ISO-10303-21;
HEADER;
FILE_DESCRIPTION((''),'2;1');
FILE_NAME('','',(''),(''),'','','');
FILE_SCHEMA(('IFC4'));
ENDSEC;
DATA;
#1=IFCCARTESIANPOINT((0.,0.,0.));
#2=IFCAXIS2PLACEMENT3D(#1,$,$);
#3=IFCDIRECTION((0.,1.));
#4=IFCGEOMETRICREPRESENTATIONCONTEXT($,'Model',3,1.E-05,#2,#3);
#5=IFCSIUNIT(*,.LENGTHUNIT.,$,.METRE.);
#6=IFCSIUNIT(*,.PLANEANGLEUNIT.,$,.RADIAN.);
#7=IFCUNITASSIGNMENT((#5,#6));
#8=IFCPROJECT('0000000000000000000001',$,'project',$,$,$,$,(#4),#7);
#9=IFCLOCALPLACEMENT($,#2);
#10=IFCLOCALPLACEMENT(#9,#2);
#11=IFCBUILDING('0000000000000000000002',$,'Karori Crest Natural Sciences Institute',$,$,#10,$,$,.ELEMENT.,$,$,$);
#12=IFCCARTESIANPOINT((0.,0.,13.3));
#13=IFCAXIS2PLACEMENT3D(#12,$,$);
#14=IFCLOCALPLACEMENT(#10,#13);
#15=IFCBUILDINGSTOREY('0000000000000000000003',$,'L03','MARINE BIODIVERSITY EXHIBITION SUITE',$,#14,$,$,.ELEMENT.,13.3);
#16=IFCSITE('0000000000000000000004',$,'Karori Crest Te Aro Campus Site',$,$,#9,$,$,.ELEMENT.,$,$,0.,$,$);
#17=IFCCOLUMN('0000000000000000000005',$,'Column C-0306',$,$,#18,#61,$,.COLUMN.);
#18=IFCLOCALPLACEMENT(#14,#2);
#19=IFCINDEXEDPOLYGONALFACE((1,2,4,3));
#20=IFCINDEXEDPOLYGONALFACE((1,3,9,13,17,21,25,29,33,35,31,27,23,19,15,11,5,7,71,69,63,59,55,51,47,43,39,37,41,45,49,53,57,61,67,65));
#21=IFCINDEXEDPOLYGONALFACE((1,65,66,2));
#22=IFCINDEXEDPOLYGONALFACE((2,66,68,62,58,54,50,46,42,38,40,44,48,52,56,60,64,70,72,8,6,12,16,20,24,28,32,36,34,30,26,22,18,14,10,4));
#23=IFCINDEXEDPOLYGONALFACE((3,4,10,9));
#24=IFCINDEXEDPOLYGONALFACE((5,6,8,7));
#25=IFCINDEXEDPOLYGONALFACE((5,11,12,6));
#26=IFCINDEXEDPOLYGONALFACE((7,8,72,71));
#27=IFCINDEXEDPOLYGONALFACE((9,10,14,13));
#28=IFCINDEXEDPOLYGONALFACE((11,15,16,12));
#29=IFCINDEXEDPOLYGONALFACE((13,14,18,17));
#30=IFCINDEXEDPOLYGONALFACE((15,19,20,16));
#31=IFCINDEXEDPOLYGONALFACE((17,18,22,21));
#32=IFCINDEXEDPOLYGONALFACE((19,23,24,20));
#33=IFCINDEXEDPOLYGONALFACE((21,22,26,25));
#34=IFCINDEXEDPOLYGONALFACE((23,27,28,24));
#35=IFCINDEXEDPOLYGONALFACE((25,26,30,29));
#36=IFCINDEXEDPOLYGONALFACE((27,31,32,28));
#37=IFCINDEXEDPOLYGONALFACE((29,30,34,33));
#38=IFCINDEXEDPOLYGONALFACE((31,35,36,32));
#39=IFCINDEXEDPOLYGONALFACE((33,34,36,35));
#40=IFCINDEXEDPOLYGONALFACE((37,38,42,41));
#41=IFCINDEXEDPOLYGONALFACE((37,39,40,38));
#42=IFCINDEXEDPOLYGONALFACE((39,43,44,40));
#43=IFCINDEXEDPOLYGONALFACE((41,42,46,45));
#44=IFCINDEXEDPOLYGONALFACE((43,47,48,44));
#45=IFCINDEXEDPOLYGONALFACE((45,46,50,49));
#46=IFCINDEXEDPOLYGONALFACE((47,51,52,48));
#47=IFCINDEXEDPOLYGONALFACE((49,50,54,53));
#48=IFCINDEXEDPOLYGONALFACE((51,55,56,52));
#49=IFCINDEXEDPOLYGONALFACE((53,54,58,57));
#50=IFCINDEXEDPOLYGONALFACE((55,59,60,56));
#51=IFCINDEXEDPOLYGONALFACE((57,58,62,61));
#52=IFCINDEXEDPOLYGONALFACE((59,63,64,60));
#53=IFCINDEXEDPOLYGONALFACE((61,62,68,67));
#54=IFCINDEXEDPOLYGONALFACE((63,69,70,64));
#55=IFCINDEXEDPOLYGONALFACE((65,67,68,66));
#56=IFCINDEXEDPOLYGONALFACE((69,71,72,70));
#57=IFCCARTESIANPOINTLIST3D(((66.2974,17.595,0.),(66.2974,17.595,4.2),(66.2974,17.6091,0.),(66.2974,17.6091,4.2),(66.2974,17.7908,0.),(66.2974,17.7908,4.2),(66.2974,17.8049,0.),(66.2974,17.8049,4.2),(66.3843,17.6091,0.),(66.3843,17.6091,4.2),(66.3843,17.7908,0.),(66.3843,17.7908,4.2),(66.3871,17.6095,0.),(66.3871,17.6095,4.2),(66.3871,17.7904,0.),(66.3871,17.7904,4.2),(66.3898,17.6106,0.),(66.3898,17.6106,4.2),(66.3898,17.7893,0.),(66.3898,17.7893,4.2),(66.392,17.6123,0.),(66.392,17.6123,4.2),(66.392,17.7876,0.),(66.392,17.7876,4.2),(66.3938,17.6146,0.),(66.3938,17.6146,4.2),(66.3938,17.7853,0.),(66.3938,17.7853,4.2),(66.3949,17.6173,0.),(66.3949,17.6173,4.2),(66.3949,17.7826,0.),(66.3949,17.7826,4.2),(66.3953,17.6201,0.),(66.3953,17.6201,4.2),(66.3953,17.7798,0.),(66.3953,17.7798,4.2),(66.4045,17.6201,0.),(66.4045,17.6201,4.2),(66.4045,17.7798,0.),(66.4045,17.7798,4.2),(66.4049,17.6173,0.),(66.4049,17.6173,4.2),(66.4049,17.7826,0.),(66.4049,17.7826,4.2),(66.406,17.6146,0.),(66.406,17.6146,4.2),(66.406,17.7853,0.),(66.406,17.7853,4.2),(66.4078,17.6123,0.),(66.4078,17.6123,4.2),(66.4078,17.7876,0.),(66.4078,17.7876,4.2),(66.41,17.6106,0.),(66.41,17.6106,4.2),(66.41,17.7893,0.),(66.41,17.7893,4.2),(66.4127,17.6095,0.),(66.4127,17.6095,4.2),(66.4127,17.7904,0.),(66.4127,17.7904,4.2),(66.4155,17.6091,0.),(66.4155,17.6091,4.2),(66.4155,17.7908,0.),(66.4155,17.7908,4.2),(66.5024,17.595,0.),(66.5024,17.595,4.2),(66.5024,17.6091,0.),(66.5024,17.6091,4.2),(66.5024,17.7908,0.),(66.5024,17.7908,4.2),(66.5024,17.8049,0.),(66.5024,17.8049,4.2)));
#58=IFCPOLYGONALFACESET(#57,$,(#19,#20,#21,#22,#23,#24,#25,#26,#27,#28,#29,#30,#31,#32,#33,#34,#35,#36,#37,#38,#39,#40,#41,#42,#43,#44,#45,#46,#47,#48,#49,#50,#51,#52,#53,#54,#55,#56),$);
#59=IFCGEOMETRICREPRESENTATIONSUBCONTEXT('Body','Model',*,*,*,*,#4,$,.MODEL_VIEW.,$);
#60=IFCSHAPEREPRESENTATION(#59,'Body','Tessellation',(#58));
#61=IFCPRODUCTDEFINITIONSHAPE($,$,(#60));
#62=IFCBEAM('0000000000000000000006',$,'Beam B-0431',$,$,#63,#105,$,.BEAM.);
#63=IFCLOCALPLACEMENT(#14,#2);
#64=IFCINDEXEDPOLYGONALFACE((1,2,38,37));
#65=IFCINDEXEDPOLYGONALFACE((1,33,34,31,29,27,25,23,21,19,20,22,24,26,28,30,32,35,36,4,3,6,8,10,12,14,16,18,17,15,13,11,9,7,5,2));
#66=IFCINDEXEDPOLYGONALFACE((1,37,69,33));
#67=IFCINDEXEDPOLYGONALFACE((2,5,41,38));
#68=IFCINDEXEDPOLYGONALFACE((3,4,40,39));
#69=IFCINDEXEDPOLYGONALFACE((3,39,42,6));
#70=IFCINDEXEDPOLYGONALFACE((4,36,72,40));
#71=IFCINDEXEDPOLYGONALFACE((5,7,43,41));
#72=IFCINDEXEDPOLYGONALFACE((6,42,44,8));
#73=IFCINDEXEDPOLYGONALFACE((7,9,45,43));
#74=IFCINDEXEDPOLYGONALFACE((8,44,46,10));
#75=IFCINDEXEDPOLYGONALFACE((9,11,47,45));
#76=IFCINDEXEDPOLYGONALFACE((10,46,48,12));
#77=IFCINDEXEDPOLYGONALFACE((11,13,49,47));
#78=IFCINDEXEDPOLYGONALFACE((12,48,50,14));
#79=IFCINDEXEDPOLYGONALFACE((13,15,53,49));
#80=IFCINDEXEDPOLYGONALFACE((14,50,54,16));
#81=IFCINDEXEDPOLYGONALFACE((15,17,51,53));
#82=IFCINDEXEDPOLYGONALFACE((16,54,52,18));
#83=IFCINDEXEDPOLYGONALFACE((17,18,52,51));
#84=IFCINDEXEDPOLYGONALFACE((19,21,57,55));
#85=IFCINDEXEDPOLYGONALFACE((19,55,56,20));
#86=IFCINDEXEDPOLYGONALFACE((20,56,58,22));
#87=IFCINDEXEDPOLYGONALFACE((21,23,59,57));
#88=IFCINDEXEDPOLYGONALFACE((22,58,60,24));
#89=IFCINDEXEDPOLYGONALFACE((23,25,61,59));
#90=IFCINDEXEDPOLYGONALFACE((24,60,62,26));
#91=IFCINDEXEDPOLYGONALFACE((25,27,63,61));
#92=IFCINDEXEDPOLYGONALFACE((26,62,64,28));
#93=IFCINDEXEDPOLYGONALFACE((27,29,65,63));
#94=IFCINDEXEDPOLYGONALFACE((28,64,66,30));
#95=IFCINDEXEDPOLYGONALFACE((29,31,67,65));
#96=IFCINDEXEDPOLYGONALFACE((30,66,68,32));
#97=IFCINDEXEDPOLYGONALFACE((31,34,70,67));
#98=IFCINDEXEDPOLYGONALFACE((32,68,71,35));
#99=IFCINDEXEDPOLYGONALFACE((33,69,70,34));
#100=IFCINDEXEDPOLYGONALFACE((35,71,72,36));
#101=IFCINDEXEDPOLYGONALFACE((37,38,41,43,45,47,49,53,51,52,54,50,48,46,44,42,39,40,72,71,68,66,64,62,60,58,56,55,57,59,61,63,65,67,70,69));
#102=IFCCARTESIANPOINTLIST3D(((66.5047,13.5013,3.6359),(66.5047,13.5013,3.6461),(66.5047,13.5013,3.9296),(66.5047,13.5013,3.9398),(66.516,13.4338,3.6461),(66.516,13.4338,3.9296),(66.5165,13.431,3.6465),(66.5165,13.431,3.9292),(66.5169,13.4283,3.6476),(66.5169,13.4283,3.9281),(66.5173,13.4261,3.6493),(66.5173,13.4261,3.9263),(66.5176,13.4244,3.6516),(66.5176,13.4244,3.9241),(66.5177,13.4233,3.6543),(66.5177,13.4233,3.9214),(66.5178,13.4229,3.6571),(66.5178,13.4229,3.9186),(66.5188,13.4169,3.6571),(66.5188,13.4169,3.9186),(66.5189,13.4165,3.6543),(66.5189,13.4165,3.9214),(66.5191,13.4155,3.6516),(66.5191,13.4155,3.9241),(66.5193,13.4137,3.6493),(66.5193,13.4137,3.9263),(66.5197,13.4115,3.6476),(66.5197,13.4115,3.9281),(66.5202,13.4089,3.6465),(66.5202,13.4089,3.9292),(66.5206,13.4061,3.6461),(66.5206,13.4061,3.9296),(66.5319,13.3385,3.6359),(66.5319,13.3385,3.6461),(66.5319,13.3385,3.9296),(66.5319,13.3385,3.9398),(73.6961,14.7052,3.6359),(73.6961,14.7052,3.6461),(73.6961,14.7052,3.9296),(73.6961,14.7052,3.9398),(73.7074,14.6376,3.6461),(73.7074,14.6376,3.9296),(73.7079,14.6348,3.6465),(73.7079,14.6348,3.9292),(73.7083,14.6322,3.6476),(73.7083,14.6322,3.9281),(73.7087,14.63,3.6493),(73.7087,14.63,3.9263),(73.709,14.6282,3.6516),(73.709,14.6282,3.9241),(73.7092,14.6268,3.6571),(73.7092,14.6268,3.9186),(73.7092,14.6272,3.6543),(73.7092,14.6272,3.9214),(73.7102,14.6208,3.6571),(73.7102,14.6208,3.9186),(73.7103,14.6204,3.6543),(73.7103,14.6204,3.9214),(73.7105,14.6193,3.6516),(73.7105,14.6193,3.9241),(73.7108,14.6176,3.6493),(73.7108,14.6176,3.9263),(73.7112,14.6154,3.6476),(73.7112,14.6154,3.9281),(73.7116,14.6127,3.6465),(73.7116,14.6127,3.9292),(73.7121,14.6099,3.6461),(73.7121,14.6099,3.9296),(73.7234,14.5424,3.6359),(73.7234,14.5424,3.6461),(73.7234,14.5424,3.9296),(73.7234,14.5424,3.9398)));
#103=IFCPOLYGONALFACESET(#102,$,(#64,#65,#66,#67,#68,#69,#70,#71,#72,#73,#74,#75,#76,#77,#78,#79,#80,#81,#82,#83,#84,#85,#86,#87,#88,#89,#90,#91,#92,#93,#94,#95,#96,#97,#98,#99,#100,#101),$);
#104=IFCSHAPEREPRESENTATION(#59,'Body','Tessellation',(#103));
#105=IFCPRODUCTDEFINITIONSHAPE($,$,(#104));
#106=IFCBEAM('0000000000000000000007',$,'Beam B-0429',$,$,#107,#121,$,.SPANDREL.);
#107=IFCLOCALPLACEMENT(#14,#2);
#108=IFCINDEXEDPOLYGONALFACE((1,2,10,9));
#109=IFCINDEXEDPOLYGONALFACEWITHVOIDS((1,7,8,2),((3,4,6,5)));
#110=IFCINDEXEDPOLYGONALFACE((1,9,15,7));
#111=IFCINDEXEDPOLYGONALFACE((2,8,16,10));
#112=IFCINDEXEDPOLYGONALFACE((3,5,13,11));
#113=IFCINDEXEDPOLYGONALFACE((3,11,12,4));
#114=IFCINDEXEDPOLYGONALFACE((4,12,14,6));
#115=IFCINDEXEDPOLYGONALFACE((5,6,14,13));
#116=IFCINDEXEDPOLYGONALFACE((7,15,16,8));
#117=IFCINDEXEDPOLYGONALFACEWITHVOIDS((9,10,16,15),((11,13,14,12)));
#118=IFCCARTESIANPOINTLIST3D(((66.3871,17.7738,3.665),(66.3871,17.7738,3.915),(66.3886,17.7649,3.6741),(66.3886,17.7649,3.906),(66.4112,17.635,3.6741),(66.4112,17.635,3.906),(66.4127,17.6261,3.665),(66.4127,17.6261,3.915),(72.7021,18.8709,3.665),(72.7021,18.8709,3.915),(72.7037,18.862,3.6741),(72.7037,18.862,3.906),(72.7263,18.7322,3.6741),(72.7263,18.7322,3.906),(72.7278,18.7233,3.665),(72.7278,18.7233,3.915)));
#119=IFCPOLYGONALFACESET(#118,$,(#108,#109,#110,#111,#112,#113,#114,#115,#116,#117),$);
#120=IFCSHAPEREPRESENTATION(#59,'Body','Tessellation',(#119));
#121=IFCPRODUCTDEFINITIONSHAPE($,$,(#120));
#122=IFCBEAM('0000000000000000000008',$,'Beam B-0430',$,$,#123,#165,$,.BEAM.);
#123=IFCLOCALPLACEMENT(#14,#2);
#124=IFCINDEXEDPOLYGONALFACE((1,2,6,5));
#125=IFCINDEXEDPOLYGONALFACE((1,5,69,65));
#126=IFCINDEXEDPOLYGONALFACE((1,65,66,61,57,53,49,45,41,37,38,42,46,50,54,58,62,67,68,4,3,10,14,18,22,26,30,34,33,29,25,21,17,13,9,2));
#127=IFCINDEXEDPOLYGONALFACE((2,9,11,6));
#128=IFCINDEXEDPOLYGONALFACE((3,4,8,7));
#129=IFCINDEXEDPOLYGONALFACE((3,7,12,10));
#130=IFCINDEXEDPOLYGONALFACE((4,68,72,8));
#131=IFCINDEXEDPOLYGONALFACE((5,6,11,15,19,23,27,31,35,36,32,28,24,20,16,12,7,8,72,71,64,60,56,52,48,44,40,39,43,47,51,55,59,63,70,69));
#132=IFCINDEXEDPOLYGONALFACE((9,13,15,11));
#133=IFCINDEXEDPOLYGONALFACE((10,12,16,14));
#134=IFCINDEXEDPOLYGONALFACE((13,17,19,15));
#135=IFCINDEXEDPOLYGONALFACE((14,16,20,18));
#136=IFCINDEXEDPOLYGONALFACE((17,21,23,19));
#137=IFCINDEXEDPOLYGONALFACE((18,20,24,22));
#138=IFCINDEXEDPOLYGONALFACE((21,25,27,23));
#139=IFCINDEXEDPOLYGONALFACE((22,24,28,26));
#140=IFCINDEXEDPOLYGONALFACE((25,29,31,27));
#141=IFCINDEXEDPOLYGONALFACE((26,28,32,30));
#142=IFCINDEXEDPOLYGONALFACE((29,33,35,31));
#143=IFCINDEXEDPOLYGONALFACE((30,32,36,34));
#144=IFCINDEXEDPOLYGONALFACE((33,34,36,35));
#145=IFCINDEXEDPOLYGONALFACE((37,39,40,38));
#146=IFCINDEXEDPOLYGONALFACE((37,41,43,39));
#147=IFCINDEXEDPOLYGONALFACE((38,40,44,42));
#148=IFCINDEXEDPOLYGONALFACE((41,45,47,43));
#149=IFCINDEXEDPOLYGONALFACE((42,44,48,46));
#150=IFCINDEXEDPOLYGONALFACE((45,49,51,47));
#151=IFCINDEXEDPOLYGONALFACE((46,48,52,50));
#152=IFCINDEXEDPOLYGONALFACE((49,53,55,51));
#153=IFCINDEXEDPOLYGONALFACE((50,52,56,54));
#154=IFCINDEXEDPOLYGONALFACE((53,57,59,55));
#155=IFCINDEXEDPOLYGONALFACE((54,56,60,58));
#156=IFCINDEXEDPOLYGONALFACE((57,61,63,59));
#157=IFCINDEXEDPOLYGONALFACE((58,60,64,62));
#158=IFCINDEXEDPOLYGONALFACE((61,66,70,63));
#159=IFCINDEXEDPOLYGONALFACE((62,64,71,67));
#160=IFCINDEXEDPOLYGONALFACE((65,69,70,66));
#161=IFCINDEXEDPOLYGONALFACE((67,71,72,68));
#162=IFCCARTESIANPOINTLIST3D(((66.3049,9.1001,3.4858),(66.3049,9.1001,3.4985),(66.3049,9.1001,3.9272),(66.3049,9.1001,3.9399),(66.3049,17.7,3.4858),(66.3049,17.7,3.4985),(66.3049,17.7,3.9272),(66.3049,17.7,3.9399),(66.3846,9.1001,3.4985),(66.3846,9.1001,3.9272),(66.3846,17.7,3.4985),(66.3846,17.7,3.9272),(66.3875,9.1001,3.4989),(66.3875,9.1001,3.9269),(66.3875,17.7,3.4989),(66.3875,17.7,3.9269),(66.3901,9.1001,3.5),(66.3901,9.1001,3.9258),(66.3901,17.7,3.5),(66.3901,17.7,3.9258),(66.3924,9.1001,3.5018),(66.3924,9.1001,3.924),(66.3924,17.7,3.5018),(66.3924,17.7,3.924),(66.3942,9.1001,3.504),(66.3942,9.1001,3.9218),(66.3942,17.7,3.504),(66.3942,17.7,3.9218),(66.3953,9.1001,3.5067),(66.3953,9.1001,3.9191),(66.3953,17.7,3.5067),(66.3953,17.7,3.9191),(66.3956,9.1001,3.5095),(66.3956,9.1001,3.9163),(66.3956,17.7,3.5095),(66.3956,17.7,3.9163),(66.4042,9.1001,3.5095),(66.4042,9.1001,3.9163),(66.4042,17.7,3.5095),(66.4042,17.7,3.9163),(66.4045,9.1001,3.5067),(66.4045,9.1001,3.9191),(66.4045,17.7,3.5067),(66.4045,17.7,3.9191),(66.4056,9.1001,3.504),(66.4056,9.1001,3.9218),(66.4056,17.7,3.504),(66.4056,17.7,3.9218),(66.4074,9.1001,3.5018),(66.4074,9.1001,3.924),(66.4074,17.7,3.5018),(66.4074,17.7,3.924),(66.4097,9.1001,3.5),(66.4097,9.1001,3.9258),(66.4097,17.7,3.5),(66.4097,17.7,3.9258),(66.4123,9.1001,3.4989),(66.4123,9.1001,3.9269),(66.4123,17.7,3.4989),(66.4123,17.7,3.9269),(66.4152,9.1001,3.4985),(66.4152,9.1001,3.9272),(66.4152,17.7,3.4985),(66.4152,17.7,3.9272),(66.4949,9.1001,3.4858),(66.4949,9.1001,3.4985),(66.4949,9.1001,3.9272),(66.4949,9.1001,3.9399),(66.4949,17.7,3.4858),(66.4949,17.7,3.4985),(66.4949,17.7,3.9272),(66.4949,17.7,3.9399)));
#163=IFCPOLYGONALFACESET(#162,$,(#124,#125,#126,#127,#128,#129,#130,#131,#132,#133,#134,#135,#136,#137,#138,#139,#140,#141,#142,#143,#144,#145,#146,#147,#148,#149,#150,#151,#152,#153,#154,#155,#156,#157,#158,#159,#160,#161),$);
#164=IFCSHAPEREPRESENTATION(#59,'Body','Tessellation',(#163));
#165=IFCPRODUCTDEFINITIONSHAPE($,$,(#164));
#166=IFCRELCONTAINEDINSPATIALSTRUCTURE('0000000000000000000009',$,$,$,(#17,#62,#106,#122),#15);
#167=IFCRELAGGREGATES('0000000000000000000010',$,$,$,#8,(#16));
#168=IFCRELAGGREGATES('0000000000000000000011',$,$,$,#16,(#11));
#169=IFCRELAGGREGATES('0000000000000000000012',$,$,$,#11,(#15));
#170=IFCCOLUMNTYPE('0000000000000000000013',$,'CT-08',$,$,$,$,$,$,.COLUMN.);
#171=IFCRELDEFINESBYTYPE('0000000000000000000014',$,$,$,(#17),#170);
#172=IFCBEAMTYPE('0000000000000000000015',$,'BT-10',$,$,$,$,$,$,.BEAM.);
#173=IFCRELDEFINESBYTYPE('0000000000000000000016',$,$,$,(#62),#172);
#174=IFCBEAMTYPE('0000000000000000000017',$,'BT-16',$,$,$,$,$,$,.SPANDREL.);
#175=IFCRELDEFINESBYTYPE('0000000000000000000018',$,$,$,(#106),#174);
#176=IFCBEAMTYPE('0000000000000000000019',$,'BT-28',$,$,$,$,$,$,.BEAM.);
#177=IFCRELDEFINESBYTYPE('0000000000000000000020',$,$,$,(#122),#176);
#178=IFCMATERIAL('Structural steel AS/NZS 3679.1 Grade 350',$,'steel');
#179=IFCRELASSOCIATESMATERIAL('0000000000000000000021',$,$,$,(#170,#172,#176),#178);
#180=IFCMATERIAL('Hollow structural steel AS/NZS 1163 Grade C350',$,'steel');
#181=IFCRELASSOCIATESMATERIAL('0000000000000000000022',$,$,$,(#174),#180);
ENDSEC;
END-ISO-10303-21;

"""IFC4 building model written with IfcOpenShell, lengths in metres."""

from ifc_helpers import new_model, si_unit, direction, frame, origin, origin_2d, place, context, subcontext, project, spatial, hollow_rectangle, i_section, extrude, material, material_profile, profile_set, type_object, element, save


model = new_model("IFC4")

# Units and contexts
model_context = context("Model", 3, precision=1e-05, world=origin(), true_north=direction((0.0, 1.0)))
body_context = subcontext(model_context, "Body", "Model", "MODEL_VIEW")
ifc_project = project(units=[si_unit("LENGTHUNIT", "METRE"), si_unit("PLANEANGLEUNIT", "RADIAN")], contexts=[model_context])

# Site, building, storey
site_placement = place(None, origin())
site = spatial("IfcSite", under=ifc_project, at=site_placement, Name="Karori Crest Te Aro Campus Site", CompositionType="ELEMENT", RefElevation=0.0)
building_placement = place(site_placement, origin())
building = spatial("IfcBuilding", under=site, at=building_placement, Name="Karori Crest Natural Sciences Institute", CompositionType="ELEMENT")
storey_placement = place(building_placement, frame((0.0, 0.0, 13.3)))
storey = spatial("IfcBuildingStorey", under=building, at=storey_placement, Name="L03", Description="MARINE BIODIVERSITY EXHIBITION SUITE", CompositionType="ELEMENT", Elevation=13.3)

# Column
ifc_material_1 = material(Name="Structural steel AS/NZS 3679.1 Grade 350", Category="steel")
ifc_material_profile_1 = material_profile(ifc_material_1, i_section(OverallWidth=0.2051, OverallDepth=0.21, WebThickness=0.0093, FlangeThickness=0.0142, FilletRadius=0.011, at=origin_2d()), Name="200UC59.5")
ifc_profile_set_1 = profile_set([ifc_material_profile_1], Name="Structural steel AS/NZS 3679.1 Grade 350")
column_type = type_object("IfcColumnType", Name="CT-08", PredefinedType="COLUMN", material=ifc_profile_set_1)
column_placement = place(storey_placement, frame((66.3999, 17.7, 0.0), z_axis=(0.0, 0.0, 1.0), x_axis=(1.0, 0.0, 0.0)))
element("IfcColumn", 1, at=column_placement, inside=storey, type_object=column_type, Name="Column C-0306", PredefinedType="COLUMN", context=body_context, shape_type="SweptSolid", body=[
    extrude(i_section(OverallWidth=0.2051, OverallDepth=0.21, WebThickness=0.0093, FlangeThickness=0.0142, FilletRadius=0.011, at=origin_2d()), origin(), (0.0, 0.0, 1.0), 4.2),
])

# Beams
ifc_material_profile_2 = material_profile(ifc_material_1, i_section(OverallWidth=0.165, OverallDepth=0.304, WebThickness=0.0061, FlangeThickness=0.0103, FilletRadius=0.011, at=origin_2d()), Name="310UB40.4")
ifc_profile_set_2 = profile_set([ifc_material_profile_2], Name="Structural steel AS/NZS 3679.1 Grade 350")
beam_type_1 = type_object("IfcBeamType", Name="BT-10", PredefinedType="BEAM", material=ifc_profile_set_2)
beam_1_placement = place(storey_placement, frame((66.5183, 13.4199, 3.7878), z_axis=(0.986276, 0.165105, 0.0), x_axis=(-0.165105, 0.986276, 0.0)))
element("IfcBeam", 2, at=beam_1_placement, inside=storey, type_object=beam_type_1, Name="Beam B-0431", PredefinedType="BEAM", context=body_context, shape_type="SweptSolid", body=[
    extrude(i_section(OverallWidth=0.165, OverallDepth=0.304, WebThickness=0.0061, FlangeThickness=0.0103, FilletRadius=0.011, at=origin_2d()), origin(), (0.0, 0.0, 1.0), 7.2915),
])
ifc_material_2 = material(Name="Hollow structural steel AS/NZS 1163 Grade C350", Category="steel")
ifc_material_profile_3 = material_profile(ifc_material_2, hollow_rectangle(XDim=0.1499, YDim=0.25, WallThickness=0.009, at=origin_2d()), Name="RHS250x150x9")
ifc_profile_set_3 = profile_set([ifc_material_profile_3], Name="Hollow structural steel AS/NZS 1163 Grade C350")
beam_type_2 = type_object("IfcBeamType", Name="BT-16", PredefinedType="SPANDREL", material=ifc_profile_set_3)
beam_2_placement = place(storey_placement, frame((66.3999, 17.7, 3.79), z_axis=(0.985241, 0.171171, 0.0), x_axis=(-0.171171, 0.985241, 0.0)))
element("IfcBeam", 3, at=beam_2_placement, inside=storey, type_object=beam_type_2, Name="Beam B-0429", PredefinedType="SPANDREL", context=body_context, shape_type="SweptSolid", body=[
    extrude(hollow_rectangle(XDim=0.1499, YDim=0.25, WallThickness=0.009, at=origin_2d()), origin(), (0.0, 0.0, 1.0), 6.4097),
])
ifc_material_profile_4 = material_profile(ifc_material_1, i_section(OverallWidth=0.1899, OverallDepth=0.4541, WebThickness=0.0085, FlangeThickness=0.0127, FilletRadius=0.011, at=origin_2d()), Name="460UB67.1")
ifc_profile_set_4 = profile_set([ifc_material_profile_4], Name="Structural steel AS/NZS 3679.1 Grade 350")
beam_type_3 = type_object("IfcBeamType", Name="BT-28", PredefinedType="BEAM", material=ifc_profile_set_4)
beam_3_placement = place(storey_placement, frame((66.3999, 17.7, 3.7129), z_axis=(0.0, -1.0, 0.0), x_axis=(1.0, 0.0, 0.0)))
element("IfcBeam", 4, at=beam_3_placement, inside=storey, type_object=beam_type_3, Name="Beam B-0430", PredefinedType="BEAM", context=body_context, shape_type="SweptSolid", body=[
    extrude(i_section(OverallWidth=0.1899, OverallDepth=0.4541, WebThickness=0.0085, FlangeThickness=0.0127, FilletRadius=0.011, at=origin_2d()), origin(), (0.0, 0.0, 1.0), 8.5999),
])

save(model, "model.ifc")
